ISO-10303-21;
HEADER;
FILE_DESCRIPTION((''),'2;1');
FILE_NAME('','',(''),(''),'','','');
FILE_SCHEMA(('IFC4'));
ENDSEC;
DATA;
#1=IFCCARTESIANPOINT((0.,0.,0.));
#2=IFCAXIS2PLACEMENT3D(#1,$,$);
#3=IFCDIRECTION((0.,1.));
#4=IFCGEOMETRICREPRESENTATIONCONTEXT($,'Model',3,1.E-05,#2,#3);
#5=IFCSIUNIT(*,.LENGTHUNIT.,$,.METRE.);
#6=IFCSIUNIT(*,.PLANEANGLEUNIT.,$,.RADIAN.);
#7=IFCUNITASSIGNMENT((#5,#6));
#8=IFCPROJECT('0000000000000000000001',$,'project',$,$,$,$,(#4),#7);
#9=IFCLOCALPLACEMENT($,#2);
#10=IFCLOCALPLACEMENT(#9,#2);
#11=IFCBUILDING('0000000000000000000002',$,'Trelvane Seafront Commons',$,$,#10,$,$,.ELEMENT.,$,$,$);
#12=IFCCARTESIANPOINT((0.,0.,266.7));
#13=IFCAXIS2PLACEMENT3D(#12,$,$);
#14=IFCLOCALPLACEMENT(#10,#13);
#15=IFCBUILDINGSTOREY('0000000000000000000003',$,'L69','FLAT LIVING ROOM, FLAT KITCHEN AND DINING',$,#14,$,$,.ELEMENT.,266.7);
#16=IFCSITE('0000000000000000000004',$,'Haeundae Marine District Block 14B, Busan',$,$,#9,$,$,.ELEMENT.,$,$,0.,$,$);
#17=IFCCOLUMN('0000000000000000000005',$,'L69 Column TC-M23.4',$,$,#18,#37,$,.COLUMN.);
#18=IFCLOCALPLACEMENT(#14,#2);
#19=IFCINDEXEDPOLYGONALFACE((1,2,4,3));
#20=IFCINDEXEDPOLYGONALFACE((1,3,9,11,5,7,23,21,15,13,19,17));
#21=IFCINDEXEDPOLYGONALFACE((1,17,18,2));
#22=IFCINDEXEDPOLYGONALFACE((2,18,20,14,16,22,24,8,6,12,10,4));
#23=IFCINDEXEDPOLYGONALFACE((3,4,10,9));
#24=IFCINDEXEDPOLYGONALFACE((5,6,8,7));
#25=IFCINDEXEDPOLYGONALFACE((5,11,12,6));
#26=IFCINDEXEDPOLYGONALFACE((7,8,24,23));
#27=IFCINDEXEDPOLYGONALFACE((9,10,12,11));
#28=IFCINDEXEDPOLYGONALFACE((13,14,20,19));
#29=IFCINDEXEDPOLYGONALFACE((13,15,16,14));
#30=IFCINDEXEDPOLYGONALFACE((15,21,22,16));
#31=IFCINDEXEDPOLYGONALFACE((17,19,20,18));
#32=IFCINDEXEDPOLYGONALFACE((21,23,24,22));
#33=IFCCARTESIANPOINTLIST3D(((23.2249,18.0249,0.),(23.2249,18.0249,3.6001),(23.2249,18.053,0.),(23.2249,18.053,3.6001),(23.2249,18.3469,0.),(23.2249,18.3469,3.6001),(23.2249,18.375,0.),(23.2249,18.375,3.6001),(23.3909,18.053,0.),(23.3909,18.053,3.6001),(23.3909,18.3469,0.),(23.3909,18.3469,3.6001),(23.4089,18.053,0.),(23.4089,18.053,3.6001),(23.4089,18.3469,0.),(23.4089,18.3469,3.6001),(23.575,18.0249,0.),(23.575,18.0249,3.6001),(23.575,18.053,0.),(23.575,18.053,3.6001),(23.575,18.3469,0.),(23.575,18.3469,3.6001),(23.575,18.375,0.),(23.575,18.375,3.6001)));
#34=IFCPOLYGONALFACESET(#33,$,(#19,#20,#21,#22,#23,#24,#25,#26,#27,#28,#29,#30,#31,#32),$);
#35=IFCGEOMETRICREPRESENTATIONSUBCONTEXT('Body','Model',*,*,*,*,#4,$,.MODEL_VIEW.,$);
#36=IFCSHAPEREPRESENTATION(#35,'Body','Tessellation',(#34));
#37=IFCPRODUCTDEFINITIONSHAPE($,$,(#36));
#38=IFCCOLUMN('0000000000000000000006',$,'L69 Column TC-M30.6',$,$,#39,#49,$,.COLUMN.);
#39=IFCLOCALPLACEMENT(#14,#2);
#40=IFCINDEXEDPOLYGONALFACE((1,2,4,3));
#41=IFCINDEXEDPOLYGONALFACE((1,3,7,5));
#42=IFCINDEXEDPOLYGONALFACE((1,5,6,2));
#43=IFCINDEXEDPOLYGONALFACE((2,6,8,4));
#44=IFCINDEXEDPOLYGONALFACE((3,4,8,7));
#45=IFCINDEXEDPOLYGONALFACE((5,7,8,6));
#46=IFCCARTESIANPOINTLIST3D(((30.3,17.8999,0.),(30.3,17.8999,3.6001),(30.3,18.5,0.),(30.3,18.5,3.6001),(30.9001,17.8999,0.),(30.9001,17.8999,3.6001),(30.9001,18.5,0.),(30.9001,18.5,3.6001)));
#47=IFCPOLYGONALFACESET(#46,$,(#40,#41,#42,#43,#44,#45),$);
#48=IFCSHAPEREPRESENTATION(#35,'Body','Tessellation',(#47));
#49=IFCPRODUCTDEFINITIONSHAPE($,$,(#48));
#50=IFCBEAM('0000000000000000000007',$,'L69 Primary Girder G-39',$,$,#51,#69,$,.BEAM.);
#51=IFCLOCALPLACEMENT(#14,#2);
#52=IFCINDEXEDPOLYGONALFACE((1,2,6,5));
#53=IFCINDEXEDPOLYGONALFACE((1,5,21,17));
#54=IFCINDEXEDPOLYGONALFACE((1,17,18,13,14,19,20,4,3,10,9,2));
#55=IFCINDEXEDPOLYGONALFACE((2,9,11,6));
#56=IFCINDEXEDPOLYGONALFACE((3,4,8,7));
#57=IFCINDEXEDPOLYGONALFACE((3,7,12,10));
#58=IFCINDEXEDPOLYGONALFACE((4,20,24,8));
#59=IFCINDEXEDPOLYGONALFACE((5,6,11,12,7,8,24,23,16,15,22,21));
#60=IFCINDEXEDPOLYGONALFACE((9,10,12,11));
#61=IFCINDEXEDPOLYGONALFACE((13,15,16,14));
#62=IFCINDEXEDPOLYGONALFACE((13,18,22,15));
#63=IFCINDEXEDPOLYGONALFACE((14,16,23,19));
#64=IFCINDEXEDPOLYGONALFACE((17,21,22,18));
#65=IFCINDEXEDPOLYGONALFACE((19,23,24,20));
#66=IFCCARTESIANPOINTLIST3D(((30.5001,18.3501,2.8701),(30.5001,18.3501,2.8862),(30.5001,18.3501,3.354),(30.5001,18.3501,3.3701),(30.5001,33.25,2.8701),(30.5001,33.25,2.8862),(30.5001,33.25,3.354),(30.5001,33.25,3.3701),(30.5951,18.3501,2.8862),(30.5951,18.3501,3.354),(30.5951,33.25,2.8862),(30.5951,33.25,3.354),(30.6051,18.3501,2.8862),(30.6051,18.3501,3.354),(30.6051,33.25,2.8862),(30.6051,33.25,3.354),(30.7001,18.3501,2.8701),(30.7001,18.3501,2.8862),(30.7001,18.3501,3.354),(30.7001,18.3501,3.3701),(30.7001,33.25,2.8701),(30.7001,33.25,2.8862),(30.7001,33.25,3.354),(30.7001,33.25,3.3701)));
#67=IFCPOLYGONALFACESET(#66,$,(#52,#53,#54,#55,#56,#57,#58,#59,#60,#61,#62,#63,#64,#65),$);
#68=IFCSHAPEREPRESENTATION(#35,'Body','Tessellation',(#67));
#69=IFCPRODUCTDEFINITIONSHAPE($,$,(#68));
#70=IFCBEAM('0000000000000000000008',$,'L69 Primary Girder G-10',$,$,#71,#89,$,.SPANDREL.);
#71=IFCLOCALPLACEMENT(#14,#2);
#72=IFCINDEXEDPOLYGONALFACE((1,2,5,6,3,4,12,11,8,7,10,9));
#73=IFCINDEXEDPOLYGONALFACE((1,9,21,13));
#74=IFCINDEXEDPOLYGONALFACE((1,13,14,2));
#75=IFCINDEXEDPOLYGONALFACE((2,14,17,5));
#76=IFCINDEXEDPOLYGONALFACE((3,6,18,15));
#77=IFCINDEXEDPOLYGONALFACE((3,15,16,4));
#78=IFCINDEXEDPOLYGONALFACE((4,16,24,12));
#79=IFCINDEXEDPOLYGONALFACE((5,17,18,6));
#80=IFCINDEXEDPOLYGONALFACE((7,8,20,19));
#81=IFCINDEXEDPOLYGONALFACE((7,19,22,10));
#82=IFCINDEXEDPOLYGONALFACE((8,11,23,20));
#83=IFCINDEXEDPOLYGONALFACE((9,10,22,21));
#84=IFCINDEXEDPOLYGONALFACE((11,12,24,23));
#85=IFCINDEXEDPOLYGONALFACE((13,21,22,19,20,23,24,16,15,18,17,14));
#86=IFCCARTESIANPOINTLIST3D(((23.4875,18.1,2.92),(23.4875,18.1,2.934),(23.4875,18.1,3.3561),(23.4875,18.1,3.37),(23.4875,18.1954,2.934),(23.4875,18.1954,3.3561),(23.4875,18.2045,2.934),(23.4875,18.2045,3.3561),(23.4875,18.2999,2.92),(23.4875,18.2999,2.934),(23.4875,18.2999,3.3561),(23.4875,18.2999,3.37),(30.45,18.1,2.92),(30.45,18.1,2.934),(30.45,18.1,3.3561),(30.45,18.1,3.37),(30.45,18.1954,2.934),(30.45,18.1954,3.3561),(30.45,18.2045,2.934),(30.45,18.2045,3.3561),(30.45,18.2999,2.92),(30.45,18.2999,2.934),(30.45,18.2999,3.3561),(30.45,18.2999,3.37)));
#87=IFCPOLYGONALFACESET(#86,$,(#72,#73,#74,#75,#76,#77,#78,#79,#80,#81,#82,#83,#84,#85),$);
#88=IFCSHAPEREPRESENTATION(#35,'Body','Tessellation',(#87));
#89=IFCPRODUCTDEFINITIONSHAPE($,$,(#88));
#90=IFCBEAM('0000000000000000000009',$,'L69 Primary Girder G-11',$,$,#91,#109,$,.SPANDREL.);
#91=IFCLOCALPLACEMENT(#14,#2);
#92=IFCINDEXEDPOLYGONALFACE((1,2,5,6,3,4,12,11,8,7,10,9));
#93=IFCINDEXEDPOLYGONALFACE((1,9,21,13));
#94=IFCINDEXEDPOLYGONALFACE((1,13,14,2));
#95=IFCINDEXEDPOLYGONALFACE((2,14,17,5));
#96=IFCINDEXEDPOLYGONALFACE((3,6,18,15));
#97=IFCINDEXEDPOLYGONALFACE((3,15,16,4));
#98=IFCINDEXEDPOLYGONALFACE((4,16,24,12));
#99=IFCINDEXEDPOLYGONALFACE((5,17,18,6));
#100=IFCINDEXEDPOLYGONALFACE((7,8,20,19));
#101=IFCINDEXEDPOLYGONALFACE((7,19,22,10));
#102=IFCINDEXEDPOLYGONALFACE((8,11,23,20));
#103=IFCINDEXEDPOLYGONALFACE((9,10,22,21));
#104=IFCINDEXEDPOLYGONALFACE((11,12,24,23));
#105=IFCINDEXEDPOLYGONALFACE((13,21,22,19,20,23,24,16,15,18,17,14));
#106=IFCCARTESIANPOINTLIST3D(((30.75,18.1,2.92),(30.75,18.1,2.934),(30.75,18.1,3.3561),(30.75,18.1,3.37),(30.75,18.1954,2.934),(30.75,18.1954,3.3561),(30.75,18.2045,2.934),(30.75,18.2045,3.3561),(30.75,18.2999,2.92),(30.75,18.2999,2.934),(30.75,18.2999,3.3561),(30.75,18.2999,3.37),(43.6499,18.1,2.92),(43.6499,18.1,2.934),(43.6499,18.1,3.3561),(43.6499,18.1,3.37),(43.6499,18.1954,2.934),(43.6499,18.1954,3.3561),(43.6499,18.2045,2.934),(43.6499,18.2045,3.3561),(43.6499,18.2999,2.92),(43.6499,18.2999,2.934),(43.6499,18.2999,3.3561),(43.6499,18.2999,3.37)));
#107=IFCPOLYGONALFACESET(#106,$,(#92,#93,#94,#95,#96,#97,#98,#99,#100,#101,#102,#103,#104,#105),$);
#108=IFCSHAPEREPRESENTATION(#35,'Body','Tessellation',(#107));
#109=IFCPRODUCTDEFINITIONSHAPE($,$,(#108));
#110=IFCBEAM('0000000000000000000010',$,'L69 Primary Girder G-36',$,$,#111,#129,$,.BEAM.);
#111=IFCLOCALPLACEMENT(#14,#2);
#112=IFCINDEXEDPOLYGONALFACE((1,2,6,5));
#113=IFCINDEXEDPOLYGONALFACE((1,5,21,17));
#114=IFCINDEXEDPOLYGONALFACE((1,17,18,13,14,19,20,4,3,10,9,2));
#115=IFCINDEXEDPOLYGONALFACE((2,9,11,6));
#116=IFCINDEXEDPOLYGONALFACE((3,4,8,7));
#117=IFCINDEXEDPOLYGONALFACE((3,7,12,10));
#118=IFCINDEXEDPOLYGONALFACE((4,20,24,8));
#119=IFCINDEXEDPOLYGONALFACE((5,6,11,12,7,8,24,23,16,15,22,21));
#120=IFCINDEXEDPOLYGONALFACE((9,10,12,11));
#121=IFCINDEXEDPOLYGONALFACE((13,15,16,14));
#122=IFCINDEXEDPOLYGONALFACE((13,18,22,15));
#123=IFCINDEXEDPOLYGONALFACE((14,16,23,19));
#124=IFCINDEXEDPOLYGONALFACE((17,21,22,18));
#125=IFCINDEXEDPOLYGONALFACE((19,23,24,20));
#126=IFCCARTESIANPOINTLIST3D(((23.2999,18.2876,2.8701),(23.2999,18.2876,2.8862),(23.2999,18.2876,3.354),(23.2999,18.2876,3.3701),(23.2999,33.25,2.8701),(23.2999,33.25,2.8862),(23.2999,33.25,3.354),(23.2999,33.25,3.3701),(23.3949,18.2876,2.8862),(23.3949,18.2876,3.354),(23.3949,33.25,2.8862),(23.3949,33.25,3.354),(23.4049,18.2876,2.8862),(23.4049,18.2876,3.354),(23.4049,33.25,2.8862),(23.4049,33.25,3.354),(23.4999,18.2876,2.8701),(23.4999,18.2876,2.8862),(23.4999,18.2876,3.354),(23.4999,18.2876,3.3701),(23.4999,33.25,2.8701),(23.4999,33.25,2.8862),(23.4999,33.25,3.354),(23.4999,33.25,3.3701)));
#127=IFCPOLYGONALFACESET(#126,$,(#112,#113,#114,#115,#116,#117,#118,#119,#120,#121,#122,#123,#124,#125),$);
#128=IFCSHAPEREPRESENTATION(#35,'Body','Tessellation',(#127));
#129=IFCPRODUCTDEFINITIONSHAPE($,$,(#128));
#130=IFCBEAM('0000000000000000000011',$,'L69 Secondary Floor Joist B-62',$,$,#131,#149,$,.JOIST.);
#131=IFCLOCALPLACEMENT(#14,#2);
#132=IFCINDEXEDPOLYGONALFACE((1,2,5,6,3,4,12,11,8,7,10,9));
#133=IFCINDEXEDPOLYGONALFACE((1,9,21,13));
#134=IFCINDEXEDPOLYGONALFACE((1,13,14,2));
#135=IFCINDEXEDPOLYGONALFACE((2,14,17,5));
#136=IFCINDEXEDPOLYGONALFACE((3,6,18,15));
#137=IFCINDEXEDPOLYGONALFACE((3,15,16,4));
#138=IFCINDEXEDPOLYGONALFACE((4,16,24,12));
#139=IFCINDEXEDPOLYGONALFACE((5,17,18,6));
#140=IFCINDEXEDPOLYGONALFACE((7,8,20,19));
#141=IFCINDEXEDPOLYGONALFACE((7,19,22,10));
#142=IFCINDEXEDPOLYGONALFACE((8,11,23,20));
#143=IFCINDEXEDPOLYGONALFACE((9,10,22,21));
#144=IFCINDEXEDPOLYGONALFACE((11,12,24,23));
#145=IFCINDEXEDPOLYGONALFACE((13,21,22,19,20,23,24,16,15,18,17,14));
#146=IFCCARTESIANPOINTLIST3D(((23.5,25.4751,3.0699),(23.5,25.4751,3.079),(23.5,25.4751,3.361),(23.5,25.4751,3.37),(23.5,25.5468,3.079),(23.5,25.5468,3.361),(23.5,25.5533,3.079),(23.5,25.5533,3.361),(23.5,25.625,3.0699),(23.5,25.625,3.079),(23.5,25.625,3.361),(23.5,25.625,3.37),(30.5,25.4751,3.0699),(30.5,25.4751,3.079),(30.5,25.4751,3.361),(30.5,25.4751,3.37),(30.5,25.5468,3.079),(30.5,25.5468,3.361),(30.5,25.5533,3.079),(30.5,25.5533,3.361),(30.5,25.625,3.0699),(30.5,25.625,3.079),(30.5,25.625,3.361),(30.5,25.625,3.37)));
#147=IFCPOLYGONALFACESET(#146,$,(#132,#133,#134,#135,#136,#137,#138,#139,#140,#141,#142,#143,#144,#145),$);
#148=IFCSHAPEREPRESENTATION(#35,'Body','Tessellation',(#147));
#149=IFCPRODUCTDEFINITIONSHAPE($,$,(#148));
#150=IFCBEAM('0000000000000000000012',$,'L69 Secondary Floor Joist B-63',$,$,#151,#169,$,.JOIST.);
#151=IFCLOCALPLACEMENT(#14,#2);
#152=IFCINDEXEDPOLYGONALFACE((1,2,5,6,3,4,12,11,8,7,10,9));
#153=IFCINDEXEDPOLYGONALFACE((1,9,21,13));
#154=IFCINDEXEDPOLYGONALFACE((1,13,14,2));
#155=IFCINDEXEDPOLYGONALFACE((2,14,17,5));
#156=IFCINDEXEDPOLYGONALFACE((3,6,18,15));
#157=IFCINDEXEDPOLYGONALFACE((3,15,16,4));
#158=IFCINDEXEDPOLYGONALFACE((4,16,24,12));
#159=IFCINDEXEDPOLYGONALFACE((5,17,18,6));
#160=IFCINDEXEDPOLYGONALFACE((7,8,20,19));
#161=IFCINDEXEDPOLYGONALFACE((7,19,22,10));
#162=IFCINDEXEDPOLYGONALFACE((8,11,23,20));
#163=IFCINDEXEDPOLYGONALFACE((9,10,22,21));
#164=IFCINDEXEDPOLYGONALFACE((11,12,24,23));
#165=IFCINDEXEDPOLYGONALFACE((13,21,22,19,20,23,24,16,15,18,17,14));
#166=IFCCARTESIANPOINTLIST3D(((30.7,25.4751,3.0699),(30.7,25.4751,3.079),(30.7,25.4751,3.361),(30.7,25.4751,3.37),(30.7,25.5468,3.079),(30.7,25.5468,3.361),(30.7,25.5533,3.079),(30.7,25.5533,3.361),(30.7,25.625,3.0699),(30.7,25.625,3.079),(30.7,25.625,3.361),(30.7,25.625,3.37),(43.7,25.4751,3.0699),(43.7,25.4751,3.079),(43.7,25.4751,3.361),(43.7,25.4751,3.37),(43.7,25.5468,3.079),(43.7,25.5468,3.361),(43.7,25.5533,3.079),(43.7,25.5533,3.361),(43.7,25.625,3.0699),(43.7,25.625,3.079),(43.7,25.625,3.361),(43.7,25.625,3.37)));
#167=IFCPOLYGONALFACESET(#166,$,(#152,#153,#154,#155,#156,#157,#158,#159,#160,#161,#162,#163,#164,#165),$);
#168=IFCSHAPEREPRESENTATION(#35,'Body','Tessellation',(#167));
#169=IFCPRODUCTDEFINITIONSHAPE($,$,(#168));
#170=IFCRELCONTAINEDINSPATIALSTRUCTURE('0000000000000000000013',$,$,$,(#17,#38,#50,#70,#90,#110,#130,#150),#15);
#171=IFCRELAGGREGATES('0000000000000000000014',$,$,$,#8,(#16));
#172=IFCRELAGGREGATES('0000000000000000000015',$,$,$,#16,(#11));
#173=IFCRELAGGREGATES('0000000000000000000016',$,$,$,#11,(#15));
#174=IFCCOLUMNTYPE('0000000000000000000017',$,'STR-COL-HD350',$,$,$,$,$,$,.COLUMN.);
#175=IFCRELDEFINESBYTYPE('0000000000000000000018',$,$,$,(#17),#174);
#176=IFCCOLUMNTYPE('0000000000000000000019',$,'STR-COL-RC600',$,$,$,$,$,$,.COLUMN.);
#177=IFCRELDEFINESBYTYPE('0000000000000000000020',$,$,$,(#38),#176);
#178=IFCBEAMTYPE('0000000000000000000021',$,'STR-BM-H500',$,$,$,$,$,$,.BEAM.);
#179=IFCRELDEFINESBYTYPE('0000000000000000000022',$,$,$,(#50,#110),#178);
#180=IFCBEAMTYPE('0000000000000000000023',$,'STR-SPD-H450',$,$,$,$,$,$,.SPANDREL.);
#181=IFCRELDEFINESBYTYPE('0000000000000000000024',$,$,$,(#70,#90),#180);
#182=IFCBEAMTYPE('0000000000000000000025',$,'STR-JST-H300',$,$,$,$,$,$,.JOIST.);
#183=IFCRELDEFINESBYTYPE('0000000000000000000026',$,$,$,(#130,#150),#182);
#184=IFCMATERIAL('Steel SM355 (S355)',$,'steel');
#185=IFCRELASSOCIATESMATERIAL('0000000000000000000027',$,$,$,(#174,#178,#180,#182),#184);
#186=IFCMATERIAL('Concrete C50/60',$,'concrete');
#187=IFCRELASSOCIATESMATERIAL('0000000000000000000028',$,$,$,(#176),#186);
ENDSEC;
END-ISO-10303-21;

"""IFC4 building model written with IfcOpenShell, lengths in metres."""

from ifc_helpers import new_model, si_unit, direction, frame, origin, origin_2d, place, context, subcontext, project, spatial, rectangle, i_section, extrude, source, transform, mapped, material, material_profile, profile_set, type_object, element, save


model = new_model("IFC4")

# Units and contexts
model_context = context("Model", 3, precision=1e-05, world=origin(), true_north=direction((0.0, 1.0)))
body_context = subcontext(model_context, "Body", "Model", "MODEL_VIEW")
ifc_project = project(units=[si_unit("LENGTHUNIT", "METRE"), si_unit("PLANEANGLEUNIT", "RADIAN")], contexts=[model_context])

# Site, building, storey
site_placement = place(None, origin())
site = spatial("IfcSite", under=ifc_project, at=site_placement, Name="Haeundae Marine District Block 14B, Busan", CompositionType="ELEMENT", RefElevation=0.0)
building_placement = place(site_placement, origin())
building = spatial("IfcBuilding", under=site, at=building_placement, Name="Trelvane Seafront Commons", CompositionType="ELEMENT")
storey_placement = place(building_placement, frame((0.0, 0.0, 266.7)))
storey = spatial("IfcBuildingStorey", under=building, at=storey_placement, Name="L69", Description="FLAT LIVING ROOM, FLAT KITCHEN AND DINING", CompositionType="ELEMENT", Elevation=266.7)

# Columns
ifc_material_1 = material(Name="Steel SM355 (S355)", Category="steel")
ifc_material_profile_1 = material_profile(ifc_material_1, i_section(OverallWidth=0.3501, OverallDepth=0.3501, WebThickness=0.0181, FlangeThickness=0.0281, at=origin_2d()), Name="HD-350x350x18x28")
ifc_profile_set_1 = profile_set([ifc_material_profile_1], Name="Steel SM355 (S355)")
column_type_1 = type_object("IfcColumnType", Name="STR-COL-HD350", PredefinedType="COLUMN", material=ifc_profile_set_1)
shared_shape_1 = source(origin(), body_context, "Body", "SweptSolid", [
    extrude(i_section(OverallWidth=0.3501, OverallDepth=0.3501, WebThickness=0.0181, FlangeThickness=0.0281, at=origin_2d()), origin(), (0.0, 0.0, 1.0), 3.6001),
])
column_1_placement = place(storey_placement, frame((23.3999, 18.2, 0.0), z_axis=(0.0, 0.0, 1.0), x_axis=(1.0, 0.0, 0.0)))
element("IfcColumn", 1, at=column_1_placement, inside=storey, type_object=column_type_1, Name="L69 Column TC-M23.4", PredefinedType="COLUMN", context=body_context, shape_type="MappedRepresentation", body=[
    mapped(shared_shape_1, transform((0.0, 0.0, 0.0), x_axis=(1.0, 0.0, 0.0), y_axis=(0.0, 1.0, 0.0), z_axis=(0.0, 0.0, 1.0), scale=1.0)),
])
ifc_material_2 = material(Name="Concrete C50/60", Category="concrete")
ifc_material_profile_2 = material_profile(ifc_material_2, rectangle(XDim=0.6001, YDim=0.6001, at=origin_2d()), Name="RC-600x600")
ifc_profile_set_2 = profile_set([ifc_material_profile_2], Name="Concrete C50/60")
column_type_2 = type_object("IfcColumnType", Name="STR-COL-RC600", PredefinedType="COLUMN", material=ifc_profile_set_2)
shared_shape_2 = source(origin(), body_context, "Body", "SweptSolid", [
    extrude(rectangle(XDim=0.6001, YDim=0.6001, at=origin_2d()), origin(), (0.0, 0.0, 1.0), 3.6001),
])
column_2_placement = place(storey_placement, frame((30.6001, 18.2, 0.0), z_axis=(0.0, 0.0, 1.0), x_axis=(1.0, 0.0, 0.0)))
element("IfcColumn", 2, at=column_2_placement, inside=storey, type_object=column_type_2, Name="L69 Column TC-M30.6", PredefinedType="COLUMN", context=body_context, shape_type="MappedRepresentation", body=[
    mapped(shared_shape_2, transform((0.0, 0.0, 0.0), x_axis=(1.0, 0.0, 0.0), y_axis=(0.0, 1.0, 0.0), z_axis=(0.0, 0.0, 1.0), scale=1.0)),
])

# Beams
ifc_material_profile_3 = material_profile(ifc_material_1, i_section(OverallWidth=0.2, OverallDepth=0.5, WebThickness=0.01, FlangeThickness=0.0161, at=origin_2d()), Name="H-500x200x10x16")
ifc_profile_set_3 = profile_set([ifc_material_profile_3], Name="Steel SM355 (S355)")
beam_type_1 = type_object("IfcBeamType", Name="STR-BM-H500", PredefinedType="BEAM", material=ifc_profile_set_3)
shared_shape_3 = source(origin(), body_context, "Body", "SweptSolid", [
    extrude(i_section(OverallWidth=0.2, OverallDepth=0.5, WebThickness=0.01, FlangeThickness=0.0161, at=origin_2d()), origin(), (0.0, 0.0, 1.0), 14.8999),
])
beam_1_placement = place(storey_placement, frame((30.6001, 18.3501, 3.1201), z_axis=(0.0, 1.0, 0.0), x_axis=(-1.0, 0.0, 0.0)))
element("IfcBeam", 3, at=beam_1_placement, inside=storey, type_object=beam_type_1, Name="L69 Primary Girder G-39", PredefinedType="BEAM", context=body_context, shape_type="MappedRepresentation", body=[
    mapped(shared_shape_3, transform((0.0, 0.0, 0.0), x_axis=(1.0, 0.0, 0.0), y_axis=(0.0, 1.0, 0.0), z_axis=(0.0, 0.0, 1.0), scale=1.0)),
])
ifc_material_profile_4 = material_profile(ifc_material_1, i_section(OverallWidth=0.2, OverallDepth=0.45, WebThickness=0.009, FlangeThickness=0.0139, at=origin_2d()), Name="H-450x200x9x14")
ifc_profile_set_4 = profile_set([ifc_material_profile_4], Name="Steel SM355 (S355)")
beam_type_2 = type_object("IfcBeamType", Name="STR-SPD-H450", PredefinedType="SPANDREL", material=ifc_profile_set_4)
shared_shape_4 = source(origin(), body_context, "Body", "SweptSolid", [
    extrude(i_section(OverallWidth=0.2, OverallDepth=0.45, WebThickness=0.009, FlangeThickness=0.0139, at=origin_2d()), origin(), (0.0, 0.0, 1.0), 6.9624),
])
beam_2_placement = place(storey_placement, frame((23.4875, 18.2, 3.145), z_axis=(1.0, 0.0, 0.0), x_axis=(0.0, 1.0, 0.0)))
element("IfcBeam", 4, at=beam_2_placement, inside=storey, type_object=beam_type_2, Name="L69 Primary Girder G-10", PredefinedType="SPANDREL", context=body_context, shape_type="MappedRepresentation", body=[
    mapped(shared_shape_4, transform((0.0, 0.0, 0.0), x_axis=(1.0, 0.0, 0.0), y_axis=(0.0, 1.0, 0.0), z_axis=(0.0, 0.0, 1.0), scale=1.0)),
])
shared_shape_5 = source(origin(), body_context, "Body", "SweptSolid", [
    extrude(i_section(OverallWidth=0.2, OverallDepth=0.45, WebThickness=0.009, FlangeThickness=0.0139, at=origin_2d()), origin(), (0.0, 0.0, 1.0), 12.8999),
])
beam_3_placement = place(storey_placement, frame((30.75, 18.2, 3.145), z_axis=(1.0, 0.0, 0.0), x_axis=(0.0, 1.0, 0.0)))
element("IfcBeam", 5, at=beam_3_placement, inside=storey, type_object=beam_type_2, Name="L69 Primary Girder G-11", PredefinedType="SPANDREL", context=body_context, shape_type="MappedRepresentation", body=[
    mapped(shared_shape_5, transform((0.0, 0.0, 0.0), x_axis=(1.0, 0.0, 0.0), y_axis=(0.0, 1.0, 0.0), z_axis=(0.0, 0.0, 1.0), scale=1.0)),
])
shared_shape_6 = source(origin(), body_context, "Body", "SweptSolid", [
    extrude(i_section(OverallWidth=0.2, OverallDepth=0.5, WebThickness=0.01, FlangeThickness=0.0161, at=origin_2d()), origin(), (0.0, 0.0, 1.0), 14.9624),
])
beam_4_placement = place(storey_placement, frame((23.3999, 18.2876, 3.1201), z_axis=(0.0, 1.0, 0.0), x_axis=(-1.0, 0.0, 0.0)))
element("IfcBeam", 6, at=beam_4_placement, inside=storey, type_object=beam_type_1, Name="L69 Primary Girder G-36", PredefinedType="BEAM", context=body_context, shape_type="MappedRepresentation", body=[
    mapped(shared_shape_6, transform((0.0, 0.0, 0.0), x_axis=(1.0, 0.0, 0.0), y_axis=(0.0, 1.0, 0.0), z_axis=(0.0, 0.0, 1.0), scale=1.0)),
])
ifc_material_profile_5 = material_profile(ifc_material_1, i_section(OverallWidth=0.1499, OverallDepth=0.3, WebThickness=0.0066, FlangeThickness=0.009, at=origin_2d()), Name="H-300x150x6.5x9")
ifc_profile_set_5 = profile_set([ifc_material_profile_5], Name="Steel SM355 (S355)")
beam_type_3 = type_object("IfcBeamType", Name="STR-JST-H300", PredefinedType="JOIST", material=ifc_profile_set_5)
shared_shape_7 = source(origin(), body_context, "Body", "SweptSolid", [
    extrude(i_section(OverallWidth=0.1499, OverallDepth=0.3, WebThickness=0.0066, FlangeThickness=0.009, at=origin_2d()), origin(), (0.0, 0.0, 1.0), 7.0),
])
beam_5_placement = place(storey_placement, frame((23.5, 25.55, 3.22), z_axis=(1.0, 0.0, 0.0), x_axis=(0.0, 1.0, 0.0)))
element("IfcBeam", 7, at=beam_5_placement, inside=storey, type_object=beam_type_3, Name="L69 Secondary Floor Joist B-62", PredefinedType="JOIST", context=body_context, shape_type="MappedRepresentation", body=[
    mapped(shared_shape_7, transform((0.0, 0.0, 0.0), x_axis=(1.0, 0.0, 0.0), y_axis=(0.0, 1.0, 0.0), z_axis=(0.0, 0.0, 1.0), scale=1.0)),
])
shared_shape_8 = source(origin(), body_context, "Body", "SweptSolid", [
    extrude(i_section(OverallWidth=0.1499, OverallDepth=0.3, WebThickness=0.0066, FlangeThickness=0.009, at=origin_2d()), origin(), (0.0, 0.0, 1.0), 13.0),
])
beam_6_placement = place(storey_placement, frame((30.7, 25.55, 3.22), z_axis=(1.0, 0.0, 0.0), x_axis=(0.0, 1.0, 0.0)))
element("IfcBeam", 8, at=beam_6_placement, inside=storey, type_object=beam_type_3, Name="L69 Secondary Floor Joist B-63", PredefinedType="JOIST", context=body_context, shape_type="MappedRepresentation", body=[
    mapped(shared_shape_8, transform((0.0, 0.0, 0.0), x_axis=(1.0, 0.0, 0.0), y_axis=(0.0, 1.0, 0.0), z_axis=(0.0, 0.0, 1.0), scale=1.0)),
])

save(model, "model.ifc")
